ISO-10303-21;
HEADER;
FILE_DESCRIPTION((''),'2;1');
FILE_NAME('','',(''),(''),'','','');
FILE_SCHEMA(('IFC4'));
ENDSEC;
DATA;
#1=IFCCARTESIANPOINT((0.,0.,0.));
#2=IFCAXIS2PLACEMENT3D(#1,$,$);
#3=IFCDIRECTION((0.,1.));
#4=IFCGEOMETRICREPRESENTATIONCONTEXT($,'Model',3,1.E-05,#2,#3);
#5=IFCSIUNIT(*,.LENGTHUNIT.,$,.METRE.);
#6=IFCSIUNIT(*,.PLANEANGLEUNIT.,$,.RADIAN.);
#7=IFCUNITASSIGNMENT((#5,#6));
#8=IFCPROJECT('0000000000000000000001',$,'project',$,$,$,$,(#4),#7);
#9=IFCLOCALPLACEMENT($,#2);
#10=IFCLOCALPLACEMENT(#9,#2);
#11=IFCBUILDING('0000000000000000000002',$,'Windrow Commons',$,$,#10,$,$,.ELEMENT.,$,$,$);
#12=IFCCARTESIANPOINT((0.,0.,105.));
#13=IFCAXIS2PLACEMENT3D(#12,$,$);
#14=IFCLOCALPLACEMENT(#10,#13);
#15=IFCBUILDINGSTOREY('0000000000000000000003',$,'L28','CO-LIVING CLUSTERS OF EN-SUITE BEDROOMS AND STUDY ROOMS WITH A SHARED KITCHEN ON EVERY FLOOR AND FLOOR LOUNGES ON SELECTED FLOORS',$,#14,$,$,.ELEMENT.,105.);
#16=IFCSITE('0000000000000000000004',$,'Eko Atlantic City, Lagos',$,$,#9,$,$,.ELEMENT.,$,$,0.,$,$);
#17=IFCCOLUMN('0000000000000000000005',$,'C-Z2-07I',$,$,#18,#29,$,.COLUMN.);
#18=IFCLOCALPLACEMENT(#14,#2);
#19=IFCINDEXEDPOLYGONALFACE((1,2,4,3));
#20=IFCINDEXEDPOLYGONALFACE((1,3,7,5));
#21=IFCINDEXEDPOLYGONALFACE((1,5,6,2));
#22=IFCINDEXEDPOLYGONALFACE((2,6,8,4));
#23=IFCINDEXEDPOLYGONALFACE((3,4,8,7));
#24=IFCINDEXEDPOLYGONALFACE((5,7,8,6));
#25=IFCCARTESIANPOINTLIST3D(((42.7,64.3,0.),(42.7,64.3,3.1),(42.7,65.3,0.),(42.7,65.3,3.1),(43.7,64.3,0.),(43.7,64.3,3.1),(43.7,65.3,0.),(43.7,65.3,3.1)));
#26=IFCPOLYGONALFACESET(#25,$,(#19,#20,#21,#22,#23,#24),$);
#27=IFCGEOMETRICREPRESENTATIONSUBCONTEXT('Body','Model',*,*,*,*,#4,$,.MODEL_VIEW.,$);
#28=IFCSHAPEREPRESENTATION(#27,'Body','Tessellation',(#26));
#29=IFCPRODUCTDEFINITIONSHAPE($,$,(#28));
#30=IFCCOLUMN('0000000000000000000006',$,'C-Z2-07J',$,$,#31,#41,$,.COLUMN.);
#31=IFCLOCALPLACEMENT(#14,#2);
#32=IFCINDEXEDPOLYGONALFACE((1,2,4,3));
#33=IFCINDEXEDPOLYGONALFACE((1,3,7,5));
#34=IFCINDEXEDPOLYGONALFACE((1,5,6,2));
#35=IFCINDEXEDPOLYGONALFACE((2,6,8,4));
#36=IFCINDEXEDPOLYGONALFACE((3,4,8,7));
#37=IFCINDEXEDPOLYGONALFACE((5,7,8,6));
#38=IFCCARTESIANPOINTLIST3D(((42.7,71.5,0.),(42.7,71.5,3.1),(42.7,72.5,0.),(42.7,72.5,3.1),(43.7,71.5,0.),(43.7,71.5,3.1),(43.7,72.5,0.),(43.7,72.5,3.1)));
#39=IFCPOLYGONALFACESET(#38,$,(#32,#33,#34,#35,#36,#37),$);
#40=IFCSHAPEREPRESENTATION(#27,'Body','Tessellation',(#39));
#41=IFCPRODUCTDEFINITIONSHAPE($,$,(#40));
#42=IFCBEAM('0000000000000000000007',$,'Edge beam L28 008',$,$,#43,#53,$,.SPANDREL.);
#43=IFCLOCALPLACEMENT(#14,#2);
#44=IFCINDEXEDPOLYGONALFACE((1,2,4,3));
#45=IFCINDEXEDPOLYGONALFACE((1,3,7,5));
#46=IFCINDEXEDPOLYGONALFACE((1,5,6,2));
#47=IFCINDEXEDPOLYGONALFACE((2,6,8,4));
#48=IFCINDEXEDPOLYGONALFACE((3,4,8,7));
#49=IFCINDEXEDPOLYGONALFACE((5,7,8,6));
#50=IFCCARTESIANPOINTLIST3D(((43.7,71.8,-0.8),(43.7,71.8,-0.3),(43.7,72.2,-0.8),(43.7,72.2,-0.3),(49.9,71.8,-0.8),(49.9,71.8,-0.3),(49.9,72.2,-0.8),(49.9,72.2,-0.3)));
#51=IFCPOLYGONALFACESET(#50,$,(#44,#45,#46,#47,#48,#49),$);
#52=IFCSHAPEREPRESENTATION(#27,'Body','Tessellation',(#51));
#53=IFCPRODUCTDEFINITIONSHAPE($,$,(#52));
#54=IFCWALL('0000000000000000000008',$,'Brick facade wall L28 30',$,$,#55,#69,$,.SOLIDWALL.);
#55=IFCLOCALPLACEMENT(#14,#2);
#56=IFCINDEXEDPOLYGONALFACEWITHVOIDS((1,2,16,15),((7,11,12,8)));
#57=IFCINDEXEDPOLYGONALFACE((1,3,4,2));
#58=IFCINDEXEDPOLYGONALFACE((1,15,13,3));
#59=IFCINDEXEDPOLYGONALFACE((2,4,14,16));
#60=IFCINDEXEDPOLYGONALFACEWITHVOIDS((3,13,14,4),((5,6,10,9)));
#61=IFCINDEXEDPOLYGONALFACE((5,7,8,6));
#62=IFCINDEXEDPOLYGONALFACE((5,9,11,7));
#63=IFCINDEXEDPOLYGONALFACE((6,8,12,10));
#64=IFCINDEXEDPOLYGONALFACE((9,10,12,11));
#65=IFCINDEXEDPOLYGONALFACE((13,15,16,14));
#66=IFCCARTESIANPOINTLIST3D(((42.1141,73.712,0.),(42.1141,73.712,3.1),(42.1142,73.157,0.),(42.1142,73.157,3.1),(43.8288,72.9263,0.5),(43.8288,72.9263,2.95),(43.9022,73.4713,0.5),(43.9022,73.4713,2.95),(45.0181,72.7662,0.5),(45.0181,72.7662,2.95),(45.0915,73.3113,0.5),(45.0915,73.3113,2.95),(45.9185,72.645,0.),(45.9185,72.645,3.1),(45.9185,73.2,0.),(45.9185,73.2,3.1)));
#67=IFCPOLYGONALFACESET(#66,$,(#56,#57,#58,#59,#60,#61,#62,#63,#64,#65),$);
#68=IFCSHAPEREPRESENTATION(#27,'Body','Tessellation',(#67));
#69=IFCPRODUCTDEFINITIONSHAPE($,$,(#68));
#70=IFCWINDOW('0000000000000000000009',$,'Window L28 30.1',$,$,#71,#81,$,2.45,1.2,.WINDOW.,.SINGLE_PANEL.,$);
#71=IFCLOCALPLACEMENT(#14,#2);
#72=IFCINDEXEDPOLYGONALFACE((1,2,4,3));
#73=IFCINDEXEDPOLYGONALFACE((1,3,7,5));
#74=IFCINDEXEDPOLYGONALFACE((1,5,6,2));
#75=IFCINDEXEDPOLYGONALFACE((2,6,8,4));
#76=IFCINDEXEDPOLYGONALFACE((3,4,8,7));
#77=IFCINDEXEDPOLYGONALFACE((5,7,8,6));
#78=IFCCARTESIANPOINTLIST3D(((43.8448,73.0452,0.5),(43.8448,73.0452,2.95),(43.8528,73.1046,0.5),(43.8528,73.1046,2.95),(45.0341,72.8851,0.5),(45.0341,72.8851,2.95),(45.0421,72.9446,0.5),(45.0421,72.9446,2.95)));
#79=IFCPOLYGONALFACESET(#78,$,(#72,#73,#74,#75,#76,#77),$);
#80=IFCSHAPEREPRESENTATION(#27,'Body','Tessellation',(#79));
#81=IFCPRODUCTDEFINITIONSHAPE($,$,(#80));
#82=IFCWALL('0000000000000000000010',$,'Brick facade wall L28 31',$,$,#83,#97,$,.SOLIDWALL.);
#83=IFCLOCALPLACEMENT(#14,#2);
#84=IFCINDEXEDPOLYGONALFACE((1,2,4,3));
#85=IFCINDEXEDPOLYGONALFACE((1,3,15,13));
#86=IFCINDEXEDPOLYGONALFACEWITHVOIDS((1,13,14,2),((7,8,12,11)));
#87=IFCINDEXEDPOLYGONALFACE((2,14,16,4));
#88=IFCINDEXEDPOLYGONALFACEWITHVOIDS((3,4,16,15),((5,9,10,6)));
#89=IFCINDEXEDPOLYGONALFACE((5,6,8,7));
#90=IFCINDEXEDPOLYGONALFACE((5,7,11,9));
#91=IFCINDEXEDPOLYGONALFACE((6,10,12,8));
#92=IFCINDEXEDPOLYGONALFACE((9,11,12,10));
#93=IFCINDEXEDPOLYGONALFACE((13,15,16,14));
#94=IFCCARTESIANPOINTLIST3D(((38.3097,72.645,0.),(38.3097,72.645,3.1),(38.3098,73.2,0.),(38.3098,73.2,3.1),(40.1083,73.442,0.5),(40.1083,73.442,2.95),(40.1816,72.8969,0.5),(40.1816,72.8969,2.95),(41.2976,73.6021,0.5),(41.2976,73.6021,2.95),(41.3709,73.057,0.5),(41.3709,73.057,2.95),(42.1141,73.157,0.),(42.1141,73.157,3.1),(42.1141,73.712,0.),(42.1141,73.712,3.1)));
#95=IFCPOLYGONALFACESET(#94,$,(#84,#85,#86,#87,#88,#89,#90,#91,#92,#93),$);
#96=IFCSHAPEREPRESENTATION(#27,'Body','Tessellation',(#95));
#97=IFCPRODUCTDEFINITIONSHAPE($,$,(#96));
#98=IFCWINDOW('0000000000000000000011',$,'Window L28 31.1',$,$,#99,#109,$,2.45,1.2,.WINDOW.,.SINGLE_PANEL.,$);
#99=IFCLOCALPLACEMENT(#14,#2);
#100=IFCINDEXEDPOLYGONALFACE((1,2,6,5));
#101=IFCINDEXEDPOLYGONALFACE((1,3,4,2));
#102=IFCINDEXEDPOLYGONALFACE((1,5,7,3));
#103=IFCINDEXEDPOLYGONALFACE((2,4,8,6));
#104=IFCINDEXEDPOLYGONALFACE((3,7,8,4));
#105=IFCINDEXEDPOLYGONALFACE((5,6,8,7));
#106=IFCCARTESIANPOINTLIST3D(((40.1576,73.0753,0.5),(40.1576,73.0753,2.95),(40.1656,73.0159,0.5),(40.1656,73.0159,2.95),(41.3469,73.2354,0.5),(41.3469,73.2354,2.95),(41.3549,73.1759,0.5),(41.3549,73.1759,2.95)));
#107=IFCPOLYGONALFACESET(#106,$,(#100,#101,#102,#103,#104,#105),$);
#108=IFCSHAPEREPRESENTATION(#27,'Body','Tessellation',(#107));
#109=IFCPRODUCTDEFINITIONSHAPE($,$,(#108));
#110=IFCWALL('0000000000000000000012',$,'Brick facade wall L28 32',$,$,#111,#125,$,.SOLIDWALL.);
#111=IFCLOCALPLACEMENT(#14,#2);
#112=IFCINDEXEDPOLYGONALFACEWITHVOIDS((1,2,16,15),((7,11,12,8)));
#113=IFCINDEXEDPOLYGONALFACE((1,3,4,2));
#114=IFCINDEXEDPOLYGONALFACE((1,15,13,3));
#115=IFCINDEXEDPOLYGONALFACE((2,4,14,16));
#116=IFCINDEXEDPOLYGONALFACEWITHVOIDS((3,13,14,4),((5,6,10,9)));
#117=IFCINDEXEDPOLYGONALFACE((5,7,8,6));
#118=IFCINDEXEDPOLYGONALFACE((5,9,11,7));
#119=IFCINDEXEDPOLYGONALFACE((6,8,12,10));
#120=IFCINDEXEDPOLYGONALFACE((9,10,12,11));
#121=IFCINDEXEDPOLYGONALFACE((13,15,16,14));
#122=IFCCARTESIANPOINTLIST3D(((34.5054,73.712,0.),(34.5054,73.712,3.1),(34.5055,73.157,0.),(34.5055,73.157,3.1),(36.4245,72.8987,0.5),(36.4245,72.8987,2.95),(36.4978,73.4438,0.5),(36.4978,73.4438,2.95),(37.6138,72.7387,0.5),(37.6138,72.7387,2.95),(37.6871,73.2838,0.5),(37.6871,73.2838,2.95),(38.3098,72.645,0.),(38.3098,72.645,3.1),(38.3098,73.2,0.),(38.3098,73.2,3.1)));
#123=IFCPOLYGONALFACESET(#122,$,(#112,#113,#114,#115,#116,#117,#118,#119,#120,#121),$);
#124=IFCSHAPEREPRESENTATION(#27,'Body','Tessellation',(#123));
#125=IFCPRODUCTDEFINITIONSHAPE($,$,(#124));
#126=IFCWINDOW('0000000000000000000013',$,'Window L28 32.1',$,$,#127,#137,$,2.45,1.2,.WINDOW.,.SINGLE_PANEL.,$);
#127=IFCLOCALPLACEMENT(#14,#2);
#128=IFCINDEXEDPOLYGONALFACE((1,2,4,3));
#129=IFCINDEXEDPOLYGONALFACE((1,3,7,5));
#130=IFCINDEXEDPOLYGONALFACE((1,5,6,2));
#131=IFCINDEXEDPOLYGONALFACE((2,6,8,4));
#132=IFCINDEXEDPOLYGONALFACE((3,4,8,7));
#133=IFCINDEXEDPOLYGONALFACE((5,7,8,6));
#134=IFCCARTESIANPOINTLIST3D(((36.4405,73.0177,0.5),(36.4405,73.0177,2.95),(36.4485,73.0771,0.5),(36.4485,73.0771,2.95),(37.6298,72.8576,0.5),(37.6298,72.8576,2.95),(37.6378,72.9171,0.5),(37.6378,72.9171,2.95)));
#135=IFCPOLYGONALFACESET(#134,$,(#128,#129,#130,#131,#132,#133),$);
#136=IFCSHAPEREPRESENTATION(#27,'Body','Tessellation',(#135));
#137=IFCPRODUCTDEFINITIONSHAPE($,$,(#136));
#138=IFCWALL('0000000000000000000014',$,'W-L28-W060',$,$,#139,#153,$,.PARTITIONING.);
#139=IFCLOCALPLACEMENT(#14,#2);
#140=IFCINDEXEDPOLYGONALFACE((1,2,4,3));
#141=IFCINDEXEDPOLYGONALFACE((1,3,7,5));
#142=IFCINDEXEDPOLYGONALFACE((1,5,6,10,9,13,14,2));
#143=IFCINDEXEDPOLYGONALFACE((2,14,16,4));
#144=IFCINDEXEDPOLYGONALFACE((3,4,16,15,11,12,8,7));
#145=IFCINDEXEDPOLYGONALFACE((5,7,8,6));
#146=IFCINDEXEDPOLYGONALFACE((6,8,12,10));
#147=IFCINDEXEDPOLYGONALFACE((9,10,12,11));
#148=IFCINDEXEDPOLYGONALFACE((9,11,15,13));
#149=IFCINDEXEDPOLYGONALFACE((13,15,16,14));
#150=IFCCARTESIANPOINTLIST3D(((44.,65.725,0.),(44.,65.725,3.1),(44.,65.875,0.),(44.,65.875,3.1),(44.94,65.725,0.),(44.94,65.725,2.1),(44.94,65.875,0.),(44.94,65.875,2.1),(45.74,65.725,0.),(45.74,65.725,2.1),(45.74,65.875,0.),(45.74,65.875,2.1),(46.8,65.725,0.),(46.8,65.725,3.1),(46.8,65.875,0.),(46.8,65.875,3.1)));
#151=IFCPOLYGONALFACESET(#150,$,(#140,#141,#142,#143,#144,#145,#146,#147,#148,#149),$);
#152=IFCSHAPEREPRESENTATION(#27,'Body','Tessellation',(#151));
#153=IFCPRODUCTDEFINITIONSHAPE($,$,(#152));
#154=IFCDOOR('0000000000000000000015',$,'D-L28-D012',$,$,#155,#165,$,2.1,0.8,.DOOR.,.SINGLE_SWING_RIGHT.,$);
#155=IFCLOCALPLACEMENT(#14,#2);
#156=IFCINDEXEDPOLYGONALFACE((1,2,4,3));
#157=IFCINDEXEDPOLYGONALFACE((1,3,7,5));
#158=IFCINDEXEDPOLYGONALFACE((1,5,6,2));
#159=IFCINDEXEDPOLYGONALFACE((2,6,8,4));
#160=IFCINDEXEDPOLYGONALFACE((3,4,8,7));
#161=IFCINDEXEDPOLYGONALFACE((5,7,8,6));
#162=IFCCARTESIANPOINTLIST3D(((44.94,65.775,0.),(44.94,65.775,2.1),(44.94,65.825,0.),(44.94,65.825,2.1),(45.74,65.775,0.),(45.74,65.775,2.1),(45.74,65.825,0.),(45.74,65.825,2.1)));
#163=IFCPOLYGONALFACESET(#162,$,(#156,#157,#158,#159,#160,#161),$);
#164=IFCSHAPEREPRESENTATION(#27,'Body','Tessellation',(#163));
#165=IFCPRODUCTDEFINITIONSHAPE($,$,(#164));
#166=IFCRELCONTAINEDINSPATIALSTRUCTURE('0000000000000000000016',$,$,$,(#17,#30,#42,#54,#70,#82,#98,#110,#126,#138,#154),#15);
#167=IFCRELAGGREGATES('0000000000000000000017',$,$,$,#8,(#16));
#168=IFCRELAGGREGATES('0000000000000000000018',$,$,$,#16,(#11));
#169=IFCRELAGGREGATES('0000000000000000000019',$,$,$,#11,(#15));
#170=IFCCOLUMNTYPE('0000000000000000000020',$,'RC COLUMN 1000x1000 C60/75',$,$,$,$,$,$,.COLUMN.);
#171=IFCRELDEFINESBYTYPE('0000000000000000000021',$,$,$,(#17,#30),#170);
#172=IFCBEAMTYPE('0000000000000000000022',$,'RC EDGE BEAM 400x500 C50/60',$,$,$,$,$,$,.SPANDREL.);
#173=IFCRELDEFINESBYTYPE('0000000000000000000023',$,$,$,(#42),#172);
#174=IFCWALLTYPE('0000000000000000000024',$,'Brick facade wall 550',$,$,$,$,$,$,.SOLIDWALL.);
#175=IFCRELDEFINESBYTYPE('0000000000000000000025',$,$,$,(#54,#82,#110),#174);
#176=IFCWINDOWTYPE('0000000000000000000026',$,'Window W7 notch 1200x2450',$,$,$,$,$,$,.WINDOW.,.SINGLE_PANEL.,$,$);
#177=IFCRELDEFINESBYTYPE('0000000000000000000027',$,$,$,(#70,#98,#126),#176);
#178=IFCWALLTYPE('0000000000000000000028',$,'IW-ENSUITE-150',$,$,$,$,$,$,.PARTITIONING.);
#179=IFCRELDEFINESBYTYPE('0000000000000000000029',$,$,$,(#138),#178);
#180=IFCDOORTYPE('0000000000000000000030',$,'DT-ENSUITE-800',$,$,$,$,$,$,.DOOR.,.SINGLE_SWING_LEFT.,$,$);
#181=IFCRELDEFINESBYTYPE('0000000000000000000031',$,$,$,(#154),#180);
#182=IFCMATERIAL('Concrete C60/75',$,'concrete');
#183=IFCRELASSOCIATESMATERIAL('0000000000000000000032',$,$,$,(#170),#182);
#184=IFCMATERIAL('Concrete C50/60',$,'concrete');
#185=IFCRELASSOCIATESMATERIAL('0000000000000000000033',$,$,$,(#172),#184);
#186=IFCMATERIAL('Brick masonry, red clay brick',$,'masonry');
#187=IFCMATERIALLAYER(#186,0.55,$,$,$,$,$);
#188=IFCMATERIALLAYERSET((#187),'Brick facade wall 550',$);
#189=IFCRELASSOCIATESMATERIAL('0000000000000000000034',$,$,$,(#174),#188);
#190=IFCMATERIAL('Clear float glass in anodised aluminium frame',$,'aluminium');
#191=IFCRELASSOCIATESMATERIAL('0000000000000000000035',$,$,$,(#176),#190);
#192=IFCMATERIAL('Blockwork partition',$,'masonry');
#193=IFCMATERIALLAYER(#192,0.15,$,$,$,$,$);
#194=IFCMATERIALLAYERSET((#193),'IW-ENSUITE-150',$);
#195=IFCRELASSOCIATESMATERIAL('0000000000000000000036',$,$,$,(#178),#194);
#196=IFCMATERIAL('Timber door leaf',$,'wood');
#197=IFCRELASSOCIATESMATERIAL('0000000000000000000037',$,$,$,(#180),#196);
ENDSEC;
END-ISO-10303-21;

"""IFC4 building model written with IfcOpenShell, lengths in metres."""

from ifc_helpers import new_model, si_unit, direction, frame, frame_2d, origin, origin_2d, place, context, subcontext, project, spatial, polyline, rectangle, outline, extrude, material, layer, layer_set, material_profile, profile_set, type_object, element, fill, save


model = new_model("IFC4")

# Units and contexts
model_context = context("Model", 3, precision=1e-05, world=origin(), true_north=direction((0.0, 1.0)))
body_context = subcontext(model_context, "Body", "Model", "MODEL_VIEW")
ifc_project = project(units=[si_unit("LENGTHUNIT", "METRE"), si_unit("PLANEANGLEUNIT", "RADIAN")], contexts=[model_context])

# Site, building, storey
site_placement = place(None, origin())
site = spatial("IfcSite", under=ifc_project, at=site_placement, Name="Eko Atlantic City, Lagos", CompositionType="ELEMENT", RefElevation=0.0)
building_placement = place(site_placement, origin())
building = spatial("IfcBuilding", under=site, at=building_placement, Name="Windrow Commons", CompositionType="ELEMENT")
storey_placement = place(building_placement, frame((0.0, 0.0, 105.0)))
storey = spatial("IfcBuildingStorey", under=building, at=storey_placement, Name="L28", Description="CO-LIVING CLUSTERS OF EN-SUITE BEDROOMS AND STUDY ROOMS WITH A SHARED KITCHEN ON EVERY FLOOR AND FLOOR LOUNGES ON SELECTED FLOORS", CompositionType="ELEMENT", Elevation=105.0)

# Columns
ifc_material_1 = material(Name="Concrete C60/75", Category="concrete")
ifc_material_profile_1 = material_profile(ifc_material_1, rectangle(XDim=1.0, YDim=1.0, at=origin_2d()))
ifc_profile_set_1 = profile_set([ifc_material_profile_1], Name="Concrete C60/75")
column_type = type_object("IfcColumnType", Name="RC COLUMN 1000x1000 C60/75", PredefinedType="COLUMN", material=ifc_profile_set_1)
for number, where, z_axis, x_axis, name in (
    (1, (43.2, 64.8, 0.0), (0.0, 0.0, 1.0), (1.0, 0.0, 0.0), "C-Z2-07I"),
    (2, (43.2, 72.0, 0.0), (0.0, 0.0, 1.0), (1.0, 0.0, 0.0), "C-Z2-07J"),
):
    element("IfcColumn", number, at=place(storey_placement, frame(where, z_axis=z_axis, x_axis=x_axis)), inside=storey, type_object=column_type, Name=name, PredefinedType="COLUMN", context=body_context, shape_type="SweptSolid", body=[
        extrude(rectangle(XDim=1.0, YDim=1.0, at=origin_2d()), origin(), (0.0, 0.0, 1.0), 3.1),
    ])

# Beam
ifc_material_2 = material(Name="Concrete C50/60", Category="concrete")
ifc_material_profile_2 = material_profile(ifc_material_2, rectangle(XDim=0.4, YDim=0.5, at=origin_2d()))
ifc_profile_set_2 = profile_set([ifc_material_profile_2], Name="Concrete C50/60")
beam_type = type_object("IfcBeamType", Name="RC EDGE BEAM 400x500 C50/60", PredefinedType="SPANDREL", material=ifc_profile_set_2)
beam_placement = place(storey_placement, frame((43.7, 72.0, -0.55), z_axis=(1.0, 0.0, 0.0), x_axis=(0.0, 1.0, 0.0)))
element("IfcBeam", 3, at=beam_placement, inside=storey, type_object=beam_type, Name="Edge beam L28 008", PredefinedType="SPANDREL", context=body_context, shape_type="SweptSolid", body=[
    extrude(rectangle(XDim=0.4, YDim=0.5, at=origin_2d()), origin(), (0.0, 0.0, 1.0), 6.2),
])

# Walls, openings, windows
ifc_material_3 = material(Name="Brick masonry, red clay brick", Category="masonry")
ifc_layer_1 = layer(ifc_material_3, 0.55)
ifc_layer_set_1 = layer_set([ifc_layer_1], Name="Brick facade wall 550")
wall_type_1 = type_object("IfcWallType", Name="Brick facade wall 550", PredefinedType="SOLIDWALL", material=ifc_layer_set_1)
wall_1_placement = place(storey_placement, frame((45.9185, 72.9225, 0.0), z_axis=(0.0, 0.0, 1.0), x_axis=(-0.991065, 0.133379, 0.0)))
wall_1 = element("IfcWall", 4, at=wall_1_placement, inside=storey, type_object=wall_type_1, Name="Brick facade wall L28 30", PredefinedType="SOLIDWALL", context=body_context, shape_type="SweptSolid", body=[
    extrude(outline(polyline([(0.037, -0.275), (3.8757, -0.275), (3.8016, 0.275), (-0.037, 0.275), (0.037, -0.275)])), origin(), (0.0, 0.0, 1.0), 3.1),
])
opening_1_placement = place(wall_1_placement, frame((0.8715, 0.0, 0.5)))
opening_1 = element("IfcOpeningElement", 5, at=opening_1_placement, cuts=wall_1, PredefinedType="OPENING", context=body_context, shape_type="SweptSolid", body=[
    extrude(rectangle(XDim=1.2, YDim=2.45, at=frame_2d((0.6, 1.225))), frame((0.0, 0.285, 0.0), z_axis=(0.0, -1.0, 0.0), x_axis=(1.0, 0.0, 0.0)), (0.0, 0.0, 1.0), 0.57),
])
ifc_material_4 = material(Name="Clear float glass in anodised aluminium frame", Category="aluminium")
window_type = type_object("IfcWindowType", Name="Window W7 notch 1200x2450", PartitioningType="SINGLE_PANEL", PredefinedType="WINDOW", material=ifc_material_4)
window_1_placement = place(opening_1_placement, origin())
window_1 = element("IfcWindow", 6, at=window_1_placement, inside=storey, type_object=window_type, Name="Window L28 30.1", OverallHeight=2.45, OverallWidth=1.2, PartitioningType="SINGLE_PANEL", PredefinedType="WINDOW", context=body_context, shape_type="SweptSolid", body=[
    extrude(rectangle(XDim=1.2, YDim=2.45, at=frame_2d((0.6, 1.225))), frame((0.0, 0.155, 0.0), z_axis=(0.0, -1.0, 0.0), x_axis=(1.0, 0.0, 0.0)), (0.0, 0.0, 1.0), 0.06),
])
fill(opening_1, window_1)
wall_2_placement = place(storey_placement, frame((42.1141, 73.4345, 0.0), z_axis=(0.0, 0.0, 1.0), x_axis=(-0.991065, -0.133382, 0.0)))
wall_2 = element("IfcWall", 7, at=wall_2_placement, inside=storey, type_object=wall_type_1, Name="Brick facade wall L28 31", PredefinedType="SOLIDWALL", context=body_context, shape_type="SweptSolid", body=[
    extrude(outline(polyline([(-0.037, -0.275), (3.8016, -0.275), (3.8757, 0.275), (0.037, 0.275), (-0.037, -0.275)])), origin(), (0.0, 0.0, 1.0), 3.1),
])
opening_2_placement = place(wall_2_placement, frame((0.7869, 0.0, 0.5)))
opening_2 = element("IfcOpeningElement", 8, at=opening_2_placement, cuts=wall_2, PredefinedType="OPENING", context=body_context, shape_type="SweptSolid", body=[
    extrude(rectangle(XDim=1.2, YDim=2.45, at=frame_2d((0.6, 1.225))), frame((0.0, 0.285, 0.0), z_axis=(0.0, -1.0, 0.0), x_axis=(1.0, 0.0, 0.0)), (0.0, 0.0, 1.0), 0.57),
])
window_2_placement = place(opening_2_placement, origin())
window_2 = element("IfcWindow", 9, at=window_2_placement, inside=storey, type_object=window_type, Name="Window L28 31.1", OverallHeight=2.45, OverallWidth=1.2, PartitioningType="SINGLE_PANEL", PredefinedType="WINDOW", context=body_context, shape_type="SweptSolid", body=[
    extrude(rectangle(XDim=1.2, YDim=2.45, at=frame_2d((0.6, 1.225))), frame((0.0, 0.155, 0.0), z_axis=(0.0, -1.0, 0.0), x_axis=(1.0, 0.0, 0.0)), (0.0, 0.0, 1.0), 0.06),
])
fill(opening_2, window_2)
wall_3_placement = place(storey_placement, frame((38.3098, 72.9225, 0.0), z_axis=(0.0, 0.0, 1.0), x_axis=(-0.991065, 0.133379, 0.0)))
wall_3 = element("IfcWall", 10, at=wall_3_placement, inside=storey, type_object=wall_type_1, Name="Brick facade wall L28 32", PredefinedType="SOLIDWALL", context=body_context, shape_type="SweptSolid", body=[
    extrude(outline(polyline([(0.037, -0.275), (3.8757, -0.275), (3.8016, 0.275), (-0.037, 0.275), (0.037, -0.275)])), origin(), (0.0, 0.0, 1.0), 3.1),
])
opening_3_placement = place(wall_3_placement, frame((0.6653, 0.0, 0.5)))
opening_3 = element("IfcOpeningElement", 11, at=opening_3_placement, cuts=wall_3, PredefinedType="OPENING", context=body_context, shape_type="SweptSolid", body=[
    extrude(rectangle(XDim=1.2, YDim=2.45, at=frame_2d((0.6, 1.225))), frame((0.0, 0.285, 0.0), z_axis=(0.0, -1.0, 0.0), x_axis=(1.0, 0.0, 0.0)), (0.0, 0.0, 1.0), 0.57),
])
window_3_placement = place(opening_3_placement, origin())
window_3 = element("IfcWindow", 12, at=window_3_placement, inside=storey, type_object=window_type, Name="Window L28 32.1", OverallHeight=2.45, OverallWidth=1.2, PartitioningType="SINGLE_PANEL", PredefinedType="WINDOW", context=body_context, shape_type="SweptSolid", body=[
    extrude(rectangle(XDim=1.2, YDim=2.45, at=frame_2d((0.6, 1.225))), frame((0.0, 0.155, 0.0), z_axis=(0.0, -1.0, 0.0), x_axis=(1.0, 0.0, 0.0)), (0.0, 0.0, 1.0), 0.06),
])
fill(opening_3, window_3)

# Wall, opening, door
ifc_material_5 = material(Name="Blockwork partition", Category="masonry")
ifc_layer_2 = layer(ifc_material_5, 0.15)
ifc_layer_set_2 = layer_set([ifc_layer_2], Name="IW-ENSUITE-150")
wall_type_2 = type_object("IfcWallType", Name="IW-ENSUITE-150", PredefinedType="PARTITIONING", material=ifc_layer_set_2)
wall_4_placement = place(storey_placement, frame((44.0, 65.8, 0.0), z_axis=(0.0, 0.0, 1.0), x_axis=(1.0, 0.0, 0.0)))
wall_4 = element("IfcWall", 13, at=wall_4_placement, inside=storey, type_object=wall_type_2, Name="W-L28-W060", PredefinedType="PARTITIONING", context=body_context, shape_type="SweptSolid", body=[
    extrude(rectangle(XDim=2.8, YDim=0.15, at=frame_2d((1.4, 0.0))), origin(), (0.0, 0.0, 1.0), 3.1),
])
opening_4_placement = place(wall_4_placement, frame((0.94, 0.0, 0.0)))
opening_4 = element("IfcOpeningElement", 14, at=opening_4_placement, cuts=wall_4, PredefinedType="OPENING", context=body_context, shape_type="SweptSolid", body=[
    extrude(rectangle(XDim=0.8, YDim=2.1, at=frame_2d((0.4, 1.05))), frame((0.0, 0.085, 0.0), z_axis=(0.0, -1.0, 0.0), x_axis=(1.0, 0.0, 0.0)), (0.0, 0.0, 1.0), 0.17),
])
ifc_material_6 = material(Name="Timber door leaf", Category="wood")
door_type = type_object("IfcDoorType", Name="DT-ENSUITE-800", OperationType="SINGLE_SWING_LEFT", PredefinedType="DOOR", material=ifc_material_6)
door_placement = place(opening_4_placement, origin())
door = element("IfcDoor", 15, at=door_placement, inside=storey, type_object=door_type, Name="D-L28-D012", OperationType="SINGLE_SWING_RIGHT", OverallHeight=2.1, OverallWidth=0.8, PredefinedType="DOOR", context=body_context, shape_type="SweptSolid", body=[
    extrude(rectangle(XDim=0.8, YDim=2.1, at=frame_2d((0.4, 1.05))), frame((0.0, 0.025, 0.0), z_axis=(0.0, -1.0, 0.0), x_axis=(1.0, 0.0, 0.0)), (0.0, 0.0, 1.0), 0.05),
])
fill(opening_4, door)

save(model, "model.ifc")
